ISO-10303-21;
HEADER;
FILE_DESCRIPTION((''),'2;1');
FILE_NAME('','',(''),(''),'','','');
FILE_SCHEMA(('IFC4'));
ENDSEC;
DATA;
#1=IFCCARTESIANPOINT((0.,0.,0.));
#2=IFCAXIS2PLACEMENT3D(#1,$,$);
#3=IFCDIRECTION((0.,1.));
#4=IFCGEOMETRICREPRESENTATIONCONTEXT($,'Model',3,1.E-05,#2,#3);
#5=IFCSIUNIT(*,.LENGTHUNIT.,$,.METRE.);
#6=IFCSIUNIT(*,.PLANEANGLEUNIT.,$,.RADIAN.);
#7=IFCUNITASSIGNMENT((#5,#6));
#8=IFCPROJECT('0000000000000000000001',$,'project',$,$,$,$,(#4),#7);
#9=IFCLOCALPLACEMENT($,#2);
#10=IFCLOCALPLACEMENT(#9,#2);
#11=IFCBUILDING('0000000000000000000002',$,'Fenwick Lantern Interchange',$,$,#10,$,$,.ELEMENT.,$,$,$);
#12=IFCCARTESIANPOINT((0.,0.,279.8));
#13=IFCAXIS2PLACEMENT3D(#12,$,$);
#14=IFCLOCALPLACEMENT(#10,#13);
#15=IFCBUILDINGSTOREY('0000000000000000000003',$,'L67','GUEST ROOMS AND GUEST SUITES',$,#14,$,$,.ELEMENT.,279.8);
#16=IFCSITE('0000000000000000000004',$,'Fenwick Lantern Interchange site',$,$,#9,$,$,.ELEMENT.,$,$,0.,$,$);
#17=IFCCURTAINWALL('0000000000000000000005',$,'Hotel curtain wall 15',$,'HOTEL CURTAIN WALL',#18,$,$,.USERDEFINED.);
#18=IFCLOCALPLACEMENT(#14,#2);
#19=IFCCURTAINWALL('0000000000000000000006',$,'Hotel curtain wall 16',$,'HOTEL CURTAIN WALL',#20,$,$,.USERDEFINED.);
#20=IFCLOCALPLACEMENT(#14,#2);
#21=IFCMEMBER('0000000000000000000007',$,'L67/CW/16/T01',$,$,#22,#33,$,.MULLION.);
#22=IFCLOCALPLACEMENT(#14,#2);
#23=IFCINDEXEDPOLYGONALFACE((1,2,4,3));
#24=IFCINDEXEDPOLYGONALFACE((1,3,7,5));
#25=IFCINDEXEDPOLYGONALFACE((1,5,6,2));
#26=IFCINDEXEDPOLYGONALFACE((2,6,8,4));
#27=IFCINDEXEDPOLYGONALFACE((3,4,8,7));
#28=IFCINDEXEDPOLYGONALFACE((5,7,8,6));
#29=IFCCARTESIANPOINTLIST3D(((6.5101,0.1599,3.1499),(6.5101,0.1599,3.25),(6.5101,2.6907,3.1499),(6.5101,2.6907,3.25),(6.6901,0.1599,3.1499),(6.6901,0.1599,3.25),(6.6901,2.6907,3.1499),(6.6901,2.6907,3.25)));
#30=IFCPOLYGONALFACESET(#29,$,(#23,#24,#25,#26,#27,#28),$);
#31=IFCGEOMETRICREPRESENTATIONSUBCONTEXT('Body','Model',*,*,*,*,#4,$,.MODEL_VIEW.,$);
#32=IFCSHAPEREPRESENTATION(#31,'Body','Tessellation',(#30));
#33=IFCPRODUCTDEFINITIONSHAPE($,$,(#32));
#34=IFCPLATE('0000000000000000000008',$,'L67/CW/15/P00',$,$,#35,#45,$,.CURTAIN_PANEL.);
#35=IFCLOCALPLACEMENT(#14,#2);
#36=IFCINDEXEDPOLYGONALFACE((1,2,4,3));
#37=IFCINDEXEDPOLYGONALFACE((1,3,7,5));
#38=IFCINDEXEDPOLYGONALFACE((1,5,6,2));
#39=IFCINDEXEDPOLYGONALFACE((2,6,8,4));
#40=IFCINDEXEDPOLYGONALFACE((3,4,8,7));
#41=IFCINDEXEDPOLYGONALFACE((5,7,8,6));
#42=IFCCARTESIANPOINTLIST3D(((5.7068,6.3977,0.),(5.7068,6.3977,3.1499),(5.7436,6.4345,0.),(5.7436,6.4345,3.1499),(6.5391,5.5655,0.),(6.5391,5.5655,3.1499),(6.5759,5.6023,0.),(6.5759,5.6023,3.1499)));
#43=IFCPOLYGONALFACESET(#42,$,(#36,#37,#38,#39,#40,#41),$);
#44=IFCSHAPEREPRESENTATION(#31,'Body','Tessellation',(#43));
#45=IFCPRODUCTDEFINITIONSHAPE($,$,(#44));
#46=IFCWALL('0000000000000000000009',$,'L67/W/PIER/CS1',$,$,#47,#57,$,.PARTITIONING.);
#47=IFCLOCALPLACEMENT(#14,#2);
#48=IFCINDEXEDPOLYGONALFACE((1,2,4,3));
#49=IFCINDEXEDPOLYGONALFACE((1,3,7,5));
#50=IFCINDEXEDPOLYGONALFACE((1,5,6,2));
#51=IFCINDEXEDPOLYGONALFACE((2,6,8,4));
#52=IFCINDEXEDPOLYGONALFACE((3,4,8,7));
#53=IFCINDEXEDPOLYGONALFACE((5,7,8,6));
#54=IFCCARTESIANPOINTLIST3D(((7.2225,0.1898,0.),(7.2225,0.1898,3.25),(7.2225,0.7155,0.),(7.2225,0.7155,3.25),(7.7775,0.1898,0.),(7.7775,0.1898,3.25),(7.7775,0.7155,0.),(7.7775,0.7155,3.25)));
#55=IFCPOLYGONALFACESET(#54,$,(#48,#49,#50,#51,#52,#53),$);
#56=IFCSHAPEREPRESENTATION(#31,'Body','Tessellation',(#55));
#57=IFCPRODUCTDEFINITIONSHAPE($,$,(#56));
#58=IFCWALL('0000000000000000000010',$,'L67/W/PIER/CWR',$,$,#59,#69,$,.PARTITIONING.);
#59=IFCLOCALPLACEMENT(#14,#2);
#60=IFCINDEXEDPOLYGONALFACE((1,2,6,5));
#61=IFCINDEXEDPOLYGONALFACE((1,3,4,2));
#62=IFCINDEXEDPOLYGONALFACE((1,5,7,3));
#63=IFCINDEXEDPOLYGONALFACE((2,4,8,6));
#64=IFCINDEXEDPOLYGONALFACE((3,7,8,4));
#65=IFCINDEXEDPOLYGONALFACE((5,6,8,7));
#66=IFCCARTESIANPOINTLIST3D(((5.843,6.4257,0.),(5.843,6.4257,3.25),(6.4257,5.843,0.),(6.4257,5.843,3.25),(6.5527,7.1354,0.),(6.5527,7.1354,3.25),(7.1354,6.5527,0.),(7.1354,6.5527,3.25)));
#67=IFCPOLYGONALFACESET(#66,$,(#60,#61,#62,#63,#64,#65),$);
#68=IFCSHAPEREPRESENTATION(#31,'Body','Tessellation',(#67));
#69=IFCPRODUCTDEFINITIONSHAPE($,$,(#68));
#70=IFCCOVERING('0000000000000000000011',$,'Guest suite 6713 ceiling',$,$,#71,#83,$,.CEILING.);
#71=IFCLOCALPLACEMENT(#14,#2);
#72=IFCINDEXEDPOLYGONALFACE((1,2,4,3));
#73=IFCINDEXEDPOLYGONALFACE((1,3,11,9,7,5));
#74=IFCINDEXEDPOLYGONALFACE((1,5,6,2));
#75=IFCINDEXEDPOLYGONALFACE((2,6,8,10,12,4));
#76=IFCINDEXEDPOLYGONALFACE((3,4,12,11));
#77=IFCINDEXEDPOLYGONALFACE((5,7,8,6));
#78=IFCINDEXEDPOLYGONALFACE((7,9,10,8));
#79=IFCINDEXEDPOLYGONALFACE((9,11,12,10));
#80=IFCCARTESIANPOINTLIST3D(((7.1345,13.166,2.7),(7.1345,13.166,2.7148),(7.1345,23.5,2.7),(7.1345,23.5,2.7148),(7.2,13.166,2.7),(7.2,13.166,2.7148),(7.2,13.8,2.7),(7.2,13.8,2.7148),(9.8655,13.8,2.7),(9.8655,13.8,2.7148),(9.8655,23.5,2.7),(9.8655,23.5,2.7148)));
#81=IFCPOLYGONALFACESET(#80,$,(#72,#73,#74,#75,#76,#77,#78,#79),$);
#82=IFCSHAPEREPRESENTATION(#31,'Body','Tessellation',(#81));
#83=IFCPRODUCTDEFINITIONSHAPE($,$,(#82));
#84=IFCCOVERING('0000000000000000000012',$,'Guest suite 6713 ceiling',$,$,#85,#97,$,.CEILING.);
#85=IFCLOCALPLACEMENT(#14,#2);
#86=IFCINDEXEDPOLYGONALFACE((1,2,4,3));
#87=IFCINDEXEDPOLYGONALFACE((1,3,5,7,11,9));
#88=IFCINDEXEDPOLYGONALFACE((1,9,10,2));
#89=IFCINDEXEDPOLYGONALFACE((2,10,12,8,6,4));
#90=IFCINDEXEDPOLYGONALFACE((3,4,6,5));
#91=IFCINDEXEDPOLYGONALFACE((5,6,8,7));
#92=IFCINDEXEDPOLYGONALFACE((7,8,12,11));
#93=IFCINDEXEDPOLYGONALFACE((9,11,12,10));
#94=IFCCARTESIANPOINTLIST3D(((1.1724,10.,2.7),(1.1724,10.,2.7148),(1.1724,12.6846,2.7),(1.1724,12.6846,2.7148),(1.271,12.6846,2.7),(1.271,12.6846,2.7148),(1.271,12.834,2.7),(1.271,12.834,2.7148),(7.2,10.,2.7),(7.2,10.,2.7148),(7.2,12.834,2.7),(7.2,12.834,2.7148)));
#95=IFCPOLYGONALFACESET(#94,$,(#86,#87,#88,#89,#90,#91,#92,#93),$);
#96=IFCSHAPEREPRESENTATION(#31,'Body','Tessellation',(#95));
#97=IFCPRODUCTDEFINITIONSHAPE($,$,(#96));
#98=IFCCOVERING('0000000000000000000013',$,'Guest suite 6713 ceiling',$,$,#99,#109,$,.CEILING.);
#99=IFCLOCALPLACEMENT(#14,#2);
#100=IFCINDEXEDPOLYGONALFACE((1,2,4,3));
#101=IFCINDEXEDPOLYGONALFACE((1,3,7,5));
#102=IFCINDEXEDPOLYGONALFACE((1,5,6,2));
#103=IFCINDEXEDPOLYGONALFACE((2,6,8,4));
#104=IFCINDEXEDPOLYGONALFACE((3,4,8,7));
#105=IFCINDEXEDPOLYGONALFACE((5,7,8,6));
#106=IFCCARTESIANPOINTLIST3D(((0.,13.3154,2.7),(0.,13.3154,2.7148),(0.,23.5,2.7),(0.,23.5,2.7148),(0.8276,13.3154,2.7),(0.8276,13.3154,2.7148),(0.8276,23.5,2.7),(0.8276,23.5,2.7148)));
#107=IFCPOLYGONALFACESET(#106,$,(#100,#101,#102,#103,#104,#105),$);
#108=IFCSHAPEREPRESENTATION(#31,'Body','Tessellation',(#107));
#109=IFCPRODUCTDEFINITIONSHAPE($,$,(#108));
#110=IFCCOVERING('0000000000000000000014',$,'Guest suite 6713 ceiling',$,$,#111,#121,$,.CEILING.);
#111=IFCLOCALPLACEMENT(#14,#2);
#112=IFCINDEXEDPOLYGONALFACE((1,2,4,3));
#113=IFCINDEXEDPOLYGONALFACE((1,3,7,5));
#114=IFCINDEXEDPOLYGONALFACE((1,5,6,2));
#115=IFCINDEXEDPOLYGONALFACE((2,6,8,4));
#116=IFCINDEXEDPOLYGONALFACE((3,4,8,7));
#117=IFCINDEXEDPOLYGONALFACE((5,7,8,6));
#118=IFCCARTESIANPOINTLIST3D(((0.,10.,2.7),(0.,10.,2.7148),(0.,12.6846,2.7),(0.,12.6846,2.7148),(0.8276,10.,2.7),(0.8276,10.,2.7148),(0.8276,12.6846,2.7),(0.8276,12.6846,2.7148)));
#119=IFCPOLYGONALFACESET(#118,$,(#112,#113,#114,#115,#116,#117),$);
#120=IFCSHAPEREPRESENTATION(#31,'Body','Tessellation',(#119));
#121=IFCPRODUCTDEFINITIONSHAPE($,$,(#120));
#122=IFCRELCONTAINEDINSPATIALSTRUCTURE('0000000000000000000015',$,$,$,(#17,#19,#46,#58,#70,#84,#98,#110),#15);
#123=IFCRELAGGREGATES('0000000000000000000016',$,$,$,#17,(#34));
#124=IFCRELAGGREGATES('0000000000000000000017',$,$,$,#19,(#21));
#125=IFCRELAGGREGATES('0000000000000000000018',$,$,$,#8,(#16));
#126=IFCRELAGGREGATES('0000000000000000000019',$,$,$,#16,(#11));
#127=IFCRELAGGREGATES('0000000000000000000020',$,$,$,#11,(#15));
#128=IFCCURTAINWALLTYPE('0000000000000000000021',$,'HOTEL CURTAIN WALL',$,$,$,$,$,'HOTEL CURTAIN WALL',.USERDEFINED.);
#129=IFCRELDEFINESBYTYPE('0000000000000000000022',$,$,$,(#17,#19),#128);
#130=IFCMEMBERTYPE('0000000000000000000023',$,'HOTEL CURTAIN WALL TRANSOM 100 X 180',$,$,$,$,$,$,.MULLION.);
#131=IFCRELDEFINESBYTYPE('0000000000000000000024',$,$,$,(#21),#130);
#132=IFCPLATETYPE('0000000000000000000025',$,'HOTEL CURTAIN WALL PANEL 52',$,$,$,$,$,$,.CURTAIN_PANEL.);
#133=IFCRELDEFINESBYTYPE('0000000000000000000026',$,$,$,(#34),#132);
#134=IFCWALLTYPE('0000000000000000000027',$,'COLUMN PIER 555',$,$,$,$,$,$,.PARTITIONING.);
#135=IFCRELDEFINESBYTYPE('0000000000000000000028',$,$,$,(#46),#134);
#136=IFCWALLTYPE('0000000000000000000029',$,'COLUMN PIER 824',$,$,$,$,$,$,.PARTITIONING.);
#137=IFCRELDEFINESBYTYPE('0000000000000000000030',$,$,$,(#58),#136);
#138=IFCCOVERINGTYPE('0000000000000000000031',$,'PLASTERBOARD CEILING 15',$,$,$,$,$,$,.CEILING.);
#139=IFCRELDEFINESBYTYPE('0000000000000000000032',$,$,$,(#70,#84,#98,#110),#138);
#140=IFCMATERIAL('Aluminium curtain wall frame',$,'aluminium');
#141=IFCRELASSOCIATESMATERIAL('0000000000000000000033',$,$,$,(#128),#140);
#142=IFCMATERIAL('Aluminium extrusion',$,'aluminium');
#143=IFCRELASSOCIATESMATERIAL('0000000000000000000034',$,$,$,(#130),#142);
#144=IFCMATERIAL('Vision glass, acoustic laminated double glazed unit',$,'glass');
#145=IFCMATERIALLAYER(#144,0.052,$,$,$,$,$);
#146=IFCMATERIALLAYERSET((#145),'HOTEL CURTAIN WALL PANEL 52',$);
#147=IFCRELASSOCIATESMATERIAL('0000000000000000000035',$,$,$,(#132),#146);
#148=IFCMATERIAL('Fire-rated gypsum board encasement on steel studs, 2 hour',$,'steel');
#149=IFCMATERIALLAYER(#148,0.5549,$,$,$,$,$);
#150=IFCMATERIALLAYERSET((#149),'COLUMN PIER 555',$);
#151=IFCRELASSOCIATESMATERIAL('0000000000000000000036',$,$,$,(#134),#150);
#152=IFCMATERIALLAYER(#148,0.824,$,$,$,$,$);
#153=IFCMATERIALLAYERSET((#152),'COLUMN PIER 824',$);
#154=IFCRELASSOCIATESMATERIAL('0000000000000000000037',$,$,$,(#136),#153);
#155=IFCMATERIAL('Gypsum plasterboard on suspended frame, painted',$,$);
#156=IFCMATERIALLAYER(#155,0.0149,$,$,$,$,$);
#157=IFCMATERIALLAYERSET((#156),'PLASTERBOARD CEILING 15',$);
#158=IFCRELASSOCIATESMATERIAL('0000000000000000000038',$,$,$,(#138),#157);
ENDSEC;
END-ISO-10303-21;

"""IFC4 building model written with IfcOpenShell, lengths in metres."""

from ifc_helpers import new_model, si_unit, direction, frame, frame_2d, origin, origin_2d, place, context, subcontext, project, spatial, polyline, rectangle, outline, extrude, material, layer, layer_set, material_profile, profile_set, type_object, element, aggregate, save


model = new_model("IFC4")

# Units and contexts
model_context = context("Model", 3, precision=1e-05, world=origin(), true_north=direction((0.0, 1.0)))
body_context = subcontext(model_context, "Body", "Model", "MODEL_VIEW")
ifc_project = project(units=[si_unit("LENGTHUNIT", "METRE"), si_unit("PLANEANGLEUNIT", "RADIAN")], contexts=[model_context])

# Site, building, storey
site_placement = place(None, origin())
site = spatial("IfcSite", under=ifc_project, at=site_placement, Name="Fenwick Lantern Interchange site", CompositionType="ELEMENT", RefElevation=0.0)
building_placement = place(site_placement, origin())
building = spatial("IfcBuilding", under=site, at=building_placement, Name="Fenwick Lantern Interchange", CompositionType="ELEMENT")
storey_placement = place(building_placement, frame((0.0, 0.0, 279.8)))
storey = spatial("IfcBuildingStorey", under=building, at=storey_placement, Name="L67", Description="GUEST ROOMS AND GUEST SUITES", CompositionType="ELEMENT", Elevation=279.8)

# Curtain walls
ifc_material_1 = material(Name="Aluminium curtain wall frame", Category="aluminium")
curtain_wall_type = type_object("IfcCurtainWallType", Name="HOTEL CURTAIN WALL", ElementType="HOTEL CURTAIN WALL", PredefinedType="USERDEFINED", material=ifc_material_1)
ifc_material_2 = material(Name="Aluminium extrusion", Category="aluminium")
curtain_wall_1_placement = place(storey_placement, origin())
curtain_wall_1 = element("IfcCurtainWall", 1, at=curtain_wall_1_placement, inside=storey, type_object=curtain_wall_type, Name="Hotel curtain wall 15", ObjectType="HOTEL CURTAIN WALL", PredefinedType="USERDEFINED")
curtain_wall_2_placement = place(storey_placement, origin())
curtain_wall_2 = element("IfcCurtainWall", 2, at=curtain_wall_2_placement, inside=storey, type_object=curtain_wall_type, Name="Hotel curtain wall 16", ObjectType="HOTEL CURTAIN WALL", PredefinedType="USERDEFINED")

# Member
ifc_material_profile_1 = material_profile(ifc_material_2, rectangle(XDim=0.1799, YDim=0.1001, at=origin_2d()), Name="HOTEL CURTAIN WALL TRANSOM 100 X 180")
ifc_profile_set_1 = profile_set([ifc_material_profile_1], Name="Aluminium extrusion")
member_type_1 = type_object("IfcMemberType", Name="HOTEL CURTAIN WALL TRANSOM 100 X 180", PredefinedType="MULLION", material=ifc_profile_set_1)
member_1_placement = place(storey_placement, frame((6.6001, 2.6907, 3.2), z_axis=(0.0, -1.0, 0.0), x_axis=(1.0, 0.0, 0.0)))
member_1 = element("IfcMember", 3, at=member_1_placement, type_object=member_type_1, Name="L67/CW/16/T01", PredefinedType="MULLION", context=body_context, shape_type="SweptSolid", body=[
    extrude(rectangle(XDim=0.1799, YDim=0.1001, at=origin_2d()), origin(), (0.0, 0.0, 1.0), 2.5308),
])

# Plate
ifc_material_3 = material(Name="Vision glass, acoustic laminated double glazed unit", Category="glass")
ifc_layer_1 = layer(ifc_material_3, 0.052)
ifc_layer_set_1 = layer_set([ifc_layer_1], Name="HOTEL CURTAIN WALL PANEL 52")
plate_type = type_object("IfcPlateType", Name="HOTEL CURTAIN WALL PANEL 52", PredefinedType="CURTAIN_PANEL", material=ifc_layer_set_1)
plate_1_placement = place(storey_placement, frame((6.1414, 6.0, 0.0), z_axis=(0.0, 0.0, 1.0), x_axis=(0.707107, -0.707107, 0.0)))
plate_1 = element("IfcPlate", 4, at=plate_1_placement, type_object=plate_type, Name="L67/CW/15/P00", PredefinedType="CURTAIN_PANEL", context=body_context, shape_type="SweptSolid", body=[
    extrude(rectangle(XDim=1.177, YDim=0.052, at=origin_2d()), origin(), (0.0, 0.0, 1.0), 3.1499),
])
aggregate(curtain_wall_1, [plate_1])
aggregate(curtain_wall_2, [member_1])

# Walls
ifc_material_4 = material(Name="Fire-rated gypsum board encasement on steel studs, 2 hour", Category="steel")
ifc_layer_2 = layer(ifc_material_4, 0.5549)
ifc_layer_set_2 = layer_set([ifc_layer_2], Name="COLUMN PIER 555")
wall_type_1 = type_object("IfcWallType", Name="COLUMN PIER 555", PredefinedType="PARTITIONING", material=ifc_layer_set_2)
wall_1_placement = place(storey_placement, frame((7.5, 0.1899, 0.0), z_axis=(0.0, 0.0, 1.0), x_axis=(0.0, 1.0, 0.0)))
element("IfcWall", 5, at=wall_1_placement, inside=storey, type_object=wall_type_1, Name="L67/W/PIER/CS1", PredefinedType="PARTITIONING", context=body_context, shape_type="SweptSolid", body=[
    extrude(rectangle(XDim=0.5256, YDim=0.5549, at=frame_2d((0.2627, 0.0))), origin(), (0.0, 0.0, 1.0), 3.25),
])
ifc_layer_3 = layer(ifc_material_4, 0.824)
ifc_layer_set_3 = layer_set([ifc_layer_3], Name="COLUMN PIER 824")
wall_type_2 = type_object("IfcWallType", Name="COLUMN PIER 824", PredefinedType="PARTITIONING", material=ifc_layer_set_3)
wall_2_placement = place(storey_placement, frame((6.1343, 6.1343, 0.0), z_axis=(0.0, 0.0, 1.0), x_axis=(0.707107, 0.707107, 0.0)))
element("IfcWall", 6, at=wall_2_placement, inside=storey, type_object=wall_type_2, Name="L67/W/PIER/CWR", PredefinedType="PARTITIONING", context=body_context, shape_type="SweptSolid", body=[
    extrude(rectangle(XDim=1.0037, YDim=0.824, at=frame_2d((0.502, 0.0))), origin(), (0.0, 0.0, 1.0), 3.25),
])

# Coverings
ifc_material_5 = material(Name="Gypsum plasterboard on suspended frame, painted")
ifc_layer_4 = layer(ifc_material_5, 0.0149)
ifc_layer_set_4 = layer_set([ifc_layer_4], Name="PLASTERBOARD CEILING 15")
covering_type_1 = type_object("IfcCoveringType", Name="PLASTERBOARD CEILING 15", PredefinedType="CEILING", material=ifc_layer_set_4)
covering_1_placement = place(storey_placement, frame((0.0, 0.0, 2.7)))
element("IfcCovering", 7, at=covering_1_placement, inside=storey, type_object=covering_type_1, Name="Guest suite 6713 ceiling", PredefinedType="CEILING", context=body_context, shape_type="SweptSolid", body=[
    extrude(outline(polyline([(9.8655, 23.5), (7.1345, 23.5), (7.1345, 13.166), (7.2, 13.166), (7.2, 13.8), (9.8655, 13.8), (9.8655, 23.5)])), origin(), (0.0, 0.0, 1.0), 0.0149),
])
covering_2_placement = place(storey_placement, frame((0.0, 0.0, 2.7)))
element("IfcCovering", 8, at=covering_2_placement, inside=storey, type_object=covering_type_1, Name="Guest suite 6713 ceiling", PredefinedType="CEILING", context=body_context, shape_type="SweptSolid", body=[
    extrude(outline(polyline([(1.271, 12.6846), (1.1724, 12.6846), (1.1724, 10.0), (7.2, 10.0), (7.2, 12.834), (1.271, 12.834), (1.271, 12.6846)])), origin(), (0.0, 0.0, 1.0), 0.0149),
])
covering_3_placement = place(storey_placement, frame((0.0, 0.0, 2.7)))
element("IfcCovering", 9, at=covering_3_placement, inside=storey, type_object=covering_type_1, Name="Guest suite 6713 ceiling", PredefinedType="CEILING", context=body_context, shape_type="SweptSolid", body=[
    extrude(outline(polyline([(0.0, 13.3154), (0.8276, 13.3154), (0.8276, 23.5), (0.0, 23.5), (0.0, 13.3154)])), origin(), (0.0, 0.0, 1.0), 0.0149),
])
covering_4_placement = place(storey_placement, frame((0.0, 0.0, 2.7)))
element("IfcCovering", 10, at=covering_4_placement, inside=storey, type_object=covering_type_1, Name="Guest suite 6713 ceiling", PredefinedType="CEILING", context=body_context, shape_type="SweptSolid", body=[
    extrude(outline(polyline([(0.8276, 12.6846), (0.0, 12.6846), (0.0, 10.0), (0.8276, 10.0), (0.8276, 12.6846)])), origin(), (0.0, 0.0, 1.0), 0.0149),
])

save(model, "model.ifc")
